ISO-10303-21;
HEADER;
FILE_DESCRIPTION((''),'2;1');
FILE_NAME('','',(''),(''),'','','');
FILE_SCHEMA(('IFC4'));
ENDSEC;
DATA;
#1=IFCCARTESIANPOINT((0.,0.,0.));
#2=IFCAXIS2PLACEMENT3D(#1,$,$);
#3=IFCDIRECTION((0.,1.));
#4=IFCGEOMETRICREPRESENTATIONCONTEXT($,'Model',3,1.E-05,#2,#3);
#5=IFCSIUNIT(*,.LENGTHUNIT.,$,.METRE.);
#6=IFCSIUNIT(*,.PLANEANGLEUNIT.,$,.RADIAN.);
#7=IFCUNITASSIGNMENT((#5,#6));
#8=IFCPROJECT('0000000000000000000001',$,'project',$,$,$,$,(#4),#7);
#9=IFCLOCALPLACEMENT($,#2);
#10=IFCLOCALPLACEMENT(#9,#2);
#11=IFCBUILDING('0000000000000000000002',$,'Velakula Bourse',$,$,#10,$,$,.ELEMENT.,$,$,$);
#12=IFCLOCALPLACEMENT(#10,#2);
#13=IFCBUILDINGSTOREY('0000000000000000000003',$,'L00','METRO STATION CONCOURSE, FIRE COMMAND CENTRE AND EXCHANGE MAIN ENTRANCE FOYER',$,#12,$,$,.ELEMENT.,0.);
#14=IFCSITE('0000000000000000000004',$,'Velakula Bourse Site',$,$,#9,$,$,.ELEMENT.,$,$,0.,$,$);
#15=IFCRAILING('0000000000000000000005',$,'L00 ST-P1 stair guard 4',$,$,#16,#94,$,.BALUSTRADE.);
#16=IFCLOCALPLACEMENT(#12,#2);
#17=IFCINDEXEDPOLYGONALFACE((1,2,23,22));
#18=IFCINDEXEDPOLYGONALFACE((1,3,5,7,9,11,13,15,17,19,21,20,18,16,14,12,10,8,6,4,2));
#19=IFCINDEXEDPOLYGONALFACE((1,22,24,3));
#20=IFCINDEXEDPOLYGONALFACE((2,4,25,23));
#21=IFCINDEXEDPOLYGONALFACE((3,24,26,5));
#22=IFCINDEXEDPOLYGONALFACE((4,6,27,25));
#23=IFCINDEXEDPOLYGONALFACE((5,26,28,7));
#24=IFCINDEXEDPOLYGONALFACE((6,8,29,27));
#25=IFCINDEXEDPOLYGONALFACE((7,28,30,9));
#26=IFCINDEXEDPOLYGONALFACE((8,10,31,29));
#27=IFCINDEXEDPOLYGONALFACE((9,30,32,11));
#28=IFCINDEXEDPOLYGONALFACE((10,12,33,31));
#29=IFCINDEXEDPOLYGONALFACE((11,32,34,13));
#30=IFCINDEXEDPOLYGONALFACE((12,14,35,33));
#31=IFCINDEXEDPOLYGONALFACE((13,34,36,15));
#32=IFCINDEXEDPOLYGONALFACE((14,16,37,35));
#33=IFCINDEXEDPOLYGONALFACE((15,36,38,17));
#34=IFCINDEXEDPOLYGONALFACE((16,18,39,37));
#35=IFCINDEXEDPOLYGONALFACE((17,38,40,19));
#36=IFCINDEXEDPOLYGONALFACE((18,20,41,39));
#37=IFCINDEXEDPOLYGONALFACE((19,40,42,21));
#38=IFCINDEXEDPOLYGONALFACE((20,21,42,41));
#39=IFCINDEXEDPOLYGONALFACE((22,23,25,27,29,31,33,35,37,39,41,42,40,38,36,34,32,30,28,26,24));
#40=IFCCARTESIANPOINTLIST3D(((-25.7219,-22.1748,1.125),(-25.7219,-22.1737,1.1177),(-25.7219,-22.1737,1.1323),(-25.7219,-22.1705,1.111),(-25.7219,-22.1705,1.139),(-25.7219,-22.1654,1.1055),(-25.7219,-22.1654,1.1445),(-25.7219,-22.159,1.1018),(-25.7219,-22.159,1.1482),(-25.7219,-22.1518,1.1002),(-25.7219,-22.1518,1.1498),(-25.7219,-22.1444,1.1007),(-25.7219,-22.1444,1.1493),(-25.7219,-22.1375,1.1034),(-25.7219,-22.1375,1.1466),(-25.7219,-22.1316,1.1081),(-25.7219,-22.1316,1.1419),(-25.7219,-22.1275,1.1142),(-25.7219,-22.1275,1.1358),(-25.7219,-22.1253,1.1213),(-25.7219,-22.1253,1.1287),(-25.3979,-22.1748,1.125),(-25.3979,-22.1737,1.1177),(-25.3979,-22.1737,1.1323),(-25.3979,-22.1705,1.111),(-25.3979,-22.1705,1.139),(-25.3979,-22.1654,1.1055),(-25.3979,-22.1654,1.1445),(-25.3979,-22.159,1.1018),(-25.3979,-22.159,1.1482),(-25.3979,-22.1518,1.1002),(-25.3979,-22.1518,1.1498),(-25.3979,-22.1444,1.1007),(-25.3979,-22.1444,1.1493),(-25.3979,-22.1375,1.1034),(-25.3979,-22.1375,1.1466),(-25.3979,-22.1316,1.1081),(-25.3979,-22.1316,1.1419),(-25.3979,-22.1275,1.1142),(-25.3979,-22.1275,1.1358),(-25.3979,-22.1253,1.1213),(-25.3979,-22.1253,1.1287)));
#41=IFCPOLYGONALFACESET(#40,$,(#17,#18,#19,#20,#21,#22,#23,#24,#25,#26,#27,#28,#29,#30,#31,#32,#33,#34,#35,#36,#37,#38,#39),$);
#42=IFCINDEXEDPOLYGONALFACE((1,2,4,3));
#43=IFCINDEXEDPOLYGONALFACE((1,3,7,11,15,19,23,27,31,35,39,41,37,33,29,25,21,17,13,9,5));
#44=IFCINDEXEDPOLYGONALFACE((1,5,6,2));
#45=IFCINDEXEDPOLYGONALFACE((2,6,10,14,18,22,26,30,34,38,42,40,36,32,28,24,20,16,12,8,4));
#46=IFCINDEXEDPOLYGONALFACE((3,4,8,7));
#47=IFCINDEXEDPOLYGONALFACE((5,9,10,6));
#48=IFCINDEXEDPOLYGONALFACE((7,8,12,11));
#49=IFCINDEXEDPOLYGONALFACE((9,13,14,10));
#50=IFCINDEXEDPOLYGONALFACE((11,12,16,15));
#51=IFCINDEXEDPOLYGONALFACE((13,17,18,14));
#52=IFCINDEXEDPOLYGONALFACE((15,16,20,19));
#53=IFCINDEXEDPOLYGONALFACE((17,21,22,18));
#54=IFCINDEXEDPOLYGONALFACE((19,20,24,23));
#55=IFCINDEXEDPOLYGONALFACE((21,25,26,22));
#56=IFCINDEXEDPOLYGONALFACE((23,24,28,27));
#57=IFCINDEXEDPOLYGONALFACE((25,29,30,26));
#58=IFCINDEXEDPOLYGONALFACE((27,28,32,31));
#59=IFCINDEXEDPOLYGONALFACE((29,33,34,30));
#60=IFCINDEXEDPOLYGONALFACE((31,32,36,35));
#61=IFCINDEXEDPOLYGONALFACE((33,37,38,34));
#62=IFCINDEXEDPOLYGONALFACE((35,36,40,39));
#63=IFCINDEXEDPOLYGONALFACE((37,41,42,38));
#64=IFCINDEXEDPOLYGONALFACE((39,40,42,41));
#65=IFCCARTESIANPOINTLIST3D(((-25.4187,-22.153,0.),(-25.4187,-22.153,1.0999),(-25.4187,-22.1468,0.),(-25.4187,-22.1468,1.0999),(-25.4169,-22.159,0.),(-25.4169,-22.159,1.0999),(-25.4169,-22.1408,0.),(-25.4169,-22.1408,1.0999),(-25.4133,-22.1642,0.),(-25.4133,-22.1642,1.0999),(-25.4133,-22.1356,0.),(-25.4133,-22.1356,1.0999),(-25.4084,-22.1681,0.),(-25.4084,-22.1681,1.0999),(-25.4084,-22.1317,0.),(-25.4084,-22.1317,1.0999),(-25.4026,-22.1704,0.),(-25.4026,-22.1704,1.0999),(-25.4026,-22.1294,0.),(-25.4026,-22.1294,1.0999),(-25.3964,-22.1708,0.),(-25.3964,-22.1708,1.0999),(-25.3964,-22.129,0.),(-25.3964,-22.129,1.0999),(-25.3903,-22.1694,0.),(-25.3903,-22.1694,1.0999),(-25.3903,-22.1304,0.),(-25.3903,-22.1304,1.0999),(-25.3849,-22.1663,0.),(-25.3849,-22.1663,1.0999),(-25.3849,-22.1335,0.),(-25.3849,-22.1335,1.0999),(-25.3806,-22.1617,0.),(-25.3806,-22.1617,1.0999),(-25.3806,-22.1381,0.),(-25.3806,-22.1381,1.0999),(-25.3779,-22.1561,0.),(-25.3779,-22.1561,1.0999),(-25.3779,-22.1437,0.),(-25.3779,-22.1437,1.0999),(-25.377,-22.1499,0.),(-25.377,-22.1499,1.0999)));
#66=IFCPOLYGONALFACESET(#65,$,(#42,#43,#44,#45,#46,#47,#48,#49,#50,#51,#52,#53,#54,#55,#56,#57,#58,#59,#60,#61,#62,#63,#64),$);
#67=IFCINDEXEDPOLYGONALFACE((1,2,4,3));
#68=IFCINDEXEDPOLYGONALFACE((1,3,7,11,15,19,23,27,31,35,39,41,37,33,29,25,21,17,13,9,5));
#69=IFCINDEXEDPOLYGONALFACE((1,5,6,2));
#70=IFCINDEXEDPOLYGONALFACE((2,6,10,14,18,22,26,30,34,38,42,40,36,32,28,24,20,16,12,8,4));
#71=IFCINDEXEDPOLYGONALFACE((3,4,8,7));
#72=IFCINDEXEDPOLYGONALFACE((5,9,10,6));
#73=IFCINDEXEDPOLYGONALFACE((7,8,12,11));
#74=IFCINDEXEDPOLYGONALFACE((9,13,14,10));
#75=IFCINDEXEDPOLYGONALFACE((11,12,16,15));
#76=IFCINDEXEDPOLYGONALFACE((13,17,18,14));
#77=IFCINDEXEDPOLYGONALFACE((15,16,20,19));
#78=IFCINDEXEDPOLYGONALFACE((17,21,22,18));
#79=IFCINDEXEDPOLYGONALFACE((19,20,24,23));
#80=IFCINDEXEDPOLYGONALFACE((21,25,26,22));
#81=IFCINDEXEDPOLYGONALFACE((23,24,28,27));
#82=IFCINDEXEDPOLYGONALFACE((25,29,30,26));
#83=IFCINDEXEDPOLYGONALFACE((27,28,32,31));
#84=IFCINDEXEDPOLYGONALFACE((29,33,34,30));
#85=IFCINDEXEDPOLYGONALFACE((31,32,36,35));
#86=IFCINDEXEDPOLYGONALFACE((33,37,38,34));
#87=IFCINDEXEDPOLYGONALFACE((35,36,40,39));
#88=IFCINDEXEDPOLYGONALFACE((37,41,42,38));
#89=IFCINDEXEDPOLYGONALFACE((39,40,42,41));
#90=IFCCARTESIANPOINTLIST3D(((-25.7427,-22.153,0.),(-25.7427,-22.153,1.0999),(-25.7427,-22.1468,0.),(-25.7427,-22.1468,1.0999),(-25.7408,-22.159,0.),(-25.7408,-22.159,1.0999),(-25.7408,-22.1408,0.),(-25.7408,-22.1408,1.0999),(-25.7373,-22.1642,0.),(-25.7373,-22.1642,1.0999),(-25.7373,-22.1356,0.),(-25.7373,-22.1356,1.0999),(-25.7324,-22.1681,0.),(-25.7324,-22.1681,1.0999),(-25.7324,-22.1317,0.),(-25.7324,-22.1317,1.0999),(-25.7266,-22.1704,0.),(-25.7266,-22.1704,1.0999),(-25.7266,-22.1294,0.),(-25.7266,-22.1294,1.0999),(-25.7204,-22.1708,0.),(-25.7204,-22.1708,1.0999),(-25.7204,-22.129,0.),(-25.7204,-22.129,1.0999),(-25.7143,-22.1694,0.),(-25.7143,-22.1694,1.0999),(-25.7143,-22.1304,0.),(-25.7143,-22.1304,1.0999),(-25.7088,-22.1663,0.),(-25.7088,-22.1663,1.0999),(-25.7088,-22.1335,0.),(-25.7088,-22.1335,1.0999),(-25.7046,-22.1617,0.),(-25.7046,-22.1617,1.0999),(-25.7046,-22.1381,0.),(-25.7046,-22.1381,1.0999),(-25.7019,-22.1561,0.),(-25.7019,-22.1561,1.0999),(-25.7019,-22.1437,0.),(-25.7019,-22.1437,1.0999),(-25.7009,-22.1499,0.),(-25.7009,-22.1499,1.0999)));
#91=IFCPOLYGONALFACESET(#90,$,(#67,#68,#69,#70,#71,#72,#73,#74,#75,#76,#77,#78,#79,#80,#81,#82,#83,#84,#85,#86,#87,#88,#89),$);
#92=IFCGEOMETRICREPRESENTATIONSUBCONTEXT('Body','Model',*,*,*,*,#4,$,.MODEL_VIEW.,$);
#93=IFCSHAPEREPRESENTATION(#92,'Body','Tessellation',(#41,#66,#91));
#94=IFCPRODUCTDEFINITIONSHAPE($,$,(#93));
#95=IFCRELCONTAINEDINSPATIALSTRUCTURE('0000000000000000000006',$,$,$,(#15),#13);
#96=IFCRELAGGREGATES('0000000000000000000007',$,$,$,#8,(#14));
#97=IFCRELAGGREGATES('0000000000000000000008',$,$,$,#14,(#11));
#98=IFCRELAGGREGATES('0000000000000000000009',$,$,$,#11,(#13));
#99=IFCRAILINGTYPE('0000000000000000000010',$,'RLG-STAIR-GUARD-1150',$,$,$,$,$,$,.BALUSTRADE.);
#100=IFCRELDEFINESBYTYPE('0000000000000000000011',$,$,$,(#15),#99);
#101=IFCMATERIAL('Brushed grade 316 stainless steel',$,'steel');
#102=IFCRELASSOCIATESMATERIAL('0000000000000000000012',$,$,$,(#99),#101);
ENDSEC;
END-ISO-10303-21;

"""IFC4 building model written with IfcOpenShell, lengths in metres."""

from ifc_helpers import new_model, si_unit, direction, frame, origin, origin_2d, place, context, subcontext, project, spatial, circle, extrude, material, type_object, element, save


model = new_model("IFC4")

# Units and contexts
model_context = context("Model", 3, precision=1e-05, world=origin(), true_north=direction((0.0, 1.0)))
body_context = subcontext(model_context, "Body", "Model", "MODEL_VIEW")
ifc_project = project(units=[si_unit("LENGTHUNIT", "METRE"), si_unit("PLANEANGLEUNIT", "RADIAN")], contexts=[model_context])

# Site, building, storey
site_placement = place(None, origin())
site = spatial("IfcSite", under=ifc_project, at=site_placement, Name="Velakula Bourse Site", CompositionType="ELEMENT", RefElevation=0.0)
building_placement = place(site_placement, origin())
building = spatial("IfcBuilding", under=site, at=building_placement, Name="Velakula Bourse", CompositionType="ELEMENT")
storey_placement = place(building_placement, origin())
storey = spatial("IfcBuildingStorey", under=building, at=storey_placement, Name="L00", Description="METRO STATION CONCOURSE, FIRE COMMAND CENTRE AND EXCHANGE MAIN ENTRANCE FOYER", CompositionType="ELEMENT", Elevation=0.0)

# Railing
ifc_material_1 = material(Name="Brushed grade 316 stainless steel", Category="steel")
railing_type_1 = type_object("IfcRailingType", Name="RLG-STAIR-GUARD-1150", PredefinedType="BALUSTRADE", material=ifc_material_1)
railing_1_placement = place(storey_placement, frame((-25.3979, -22.1499, 0.0)))
element("IfcRailing", 1, at=railing_1_placement, inside=storey, type_object=railing_type_1, Name="L00 ST-P1 stair guard 4", PredefinedType="BALUSTRADE", context=body_context, shape_type="SweptSolid", body=[
    extrude(circle(Radius=0.0249, at=origin_2d()), frame((0.0, 0.0, 1.125), z_axis=(-1.0, 0.0, 0.0), x_axis=(0.0, -1.0, 0.0)), (0.0, 0.0, 1.0), 0.324),
    extrude(circle(Radius=0.021, at=origin_2d()), origin(), (0.0, 0.0, 1.0), 1.0999),
    extrude(circle(Radius=0.021, at=origin_2d()), frame((-0.324, 0.0, 0.0)), (0.0, 0.0, 1.0), 1.0999),
])

save(model, "model.ifc")
